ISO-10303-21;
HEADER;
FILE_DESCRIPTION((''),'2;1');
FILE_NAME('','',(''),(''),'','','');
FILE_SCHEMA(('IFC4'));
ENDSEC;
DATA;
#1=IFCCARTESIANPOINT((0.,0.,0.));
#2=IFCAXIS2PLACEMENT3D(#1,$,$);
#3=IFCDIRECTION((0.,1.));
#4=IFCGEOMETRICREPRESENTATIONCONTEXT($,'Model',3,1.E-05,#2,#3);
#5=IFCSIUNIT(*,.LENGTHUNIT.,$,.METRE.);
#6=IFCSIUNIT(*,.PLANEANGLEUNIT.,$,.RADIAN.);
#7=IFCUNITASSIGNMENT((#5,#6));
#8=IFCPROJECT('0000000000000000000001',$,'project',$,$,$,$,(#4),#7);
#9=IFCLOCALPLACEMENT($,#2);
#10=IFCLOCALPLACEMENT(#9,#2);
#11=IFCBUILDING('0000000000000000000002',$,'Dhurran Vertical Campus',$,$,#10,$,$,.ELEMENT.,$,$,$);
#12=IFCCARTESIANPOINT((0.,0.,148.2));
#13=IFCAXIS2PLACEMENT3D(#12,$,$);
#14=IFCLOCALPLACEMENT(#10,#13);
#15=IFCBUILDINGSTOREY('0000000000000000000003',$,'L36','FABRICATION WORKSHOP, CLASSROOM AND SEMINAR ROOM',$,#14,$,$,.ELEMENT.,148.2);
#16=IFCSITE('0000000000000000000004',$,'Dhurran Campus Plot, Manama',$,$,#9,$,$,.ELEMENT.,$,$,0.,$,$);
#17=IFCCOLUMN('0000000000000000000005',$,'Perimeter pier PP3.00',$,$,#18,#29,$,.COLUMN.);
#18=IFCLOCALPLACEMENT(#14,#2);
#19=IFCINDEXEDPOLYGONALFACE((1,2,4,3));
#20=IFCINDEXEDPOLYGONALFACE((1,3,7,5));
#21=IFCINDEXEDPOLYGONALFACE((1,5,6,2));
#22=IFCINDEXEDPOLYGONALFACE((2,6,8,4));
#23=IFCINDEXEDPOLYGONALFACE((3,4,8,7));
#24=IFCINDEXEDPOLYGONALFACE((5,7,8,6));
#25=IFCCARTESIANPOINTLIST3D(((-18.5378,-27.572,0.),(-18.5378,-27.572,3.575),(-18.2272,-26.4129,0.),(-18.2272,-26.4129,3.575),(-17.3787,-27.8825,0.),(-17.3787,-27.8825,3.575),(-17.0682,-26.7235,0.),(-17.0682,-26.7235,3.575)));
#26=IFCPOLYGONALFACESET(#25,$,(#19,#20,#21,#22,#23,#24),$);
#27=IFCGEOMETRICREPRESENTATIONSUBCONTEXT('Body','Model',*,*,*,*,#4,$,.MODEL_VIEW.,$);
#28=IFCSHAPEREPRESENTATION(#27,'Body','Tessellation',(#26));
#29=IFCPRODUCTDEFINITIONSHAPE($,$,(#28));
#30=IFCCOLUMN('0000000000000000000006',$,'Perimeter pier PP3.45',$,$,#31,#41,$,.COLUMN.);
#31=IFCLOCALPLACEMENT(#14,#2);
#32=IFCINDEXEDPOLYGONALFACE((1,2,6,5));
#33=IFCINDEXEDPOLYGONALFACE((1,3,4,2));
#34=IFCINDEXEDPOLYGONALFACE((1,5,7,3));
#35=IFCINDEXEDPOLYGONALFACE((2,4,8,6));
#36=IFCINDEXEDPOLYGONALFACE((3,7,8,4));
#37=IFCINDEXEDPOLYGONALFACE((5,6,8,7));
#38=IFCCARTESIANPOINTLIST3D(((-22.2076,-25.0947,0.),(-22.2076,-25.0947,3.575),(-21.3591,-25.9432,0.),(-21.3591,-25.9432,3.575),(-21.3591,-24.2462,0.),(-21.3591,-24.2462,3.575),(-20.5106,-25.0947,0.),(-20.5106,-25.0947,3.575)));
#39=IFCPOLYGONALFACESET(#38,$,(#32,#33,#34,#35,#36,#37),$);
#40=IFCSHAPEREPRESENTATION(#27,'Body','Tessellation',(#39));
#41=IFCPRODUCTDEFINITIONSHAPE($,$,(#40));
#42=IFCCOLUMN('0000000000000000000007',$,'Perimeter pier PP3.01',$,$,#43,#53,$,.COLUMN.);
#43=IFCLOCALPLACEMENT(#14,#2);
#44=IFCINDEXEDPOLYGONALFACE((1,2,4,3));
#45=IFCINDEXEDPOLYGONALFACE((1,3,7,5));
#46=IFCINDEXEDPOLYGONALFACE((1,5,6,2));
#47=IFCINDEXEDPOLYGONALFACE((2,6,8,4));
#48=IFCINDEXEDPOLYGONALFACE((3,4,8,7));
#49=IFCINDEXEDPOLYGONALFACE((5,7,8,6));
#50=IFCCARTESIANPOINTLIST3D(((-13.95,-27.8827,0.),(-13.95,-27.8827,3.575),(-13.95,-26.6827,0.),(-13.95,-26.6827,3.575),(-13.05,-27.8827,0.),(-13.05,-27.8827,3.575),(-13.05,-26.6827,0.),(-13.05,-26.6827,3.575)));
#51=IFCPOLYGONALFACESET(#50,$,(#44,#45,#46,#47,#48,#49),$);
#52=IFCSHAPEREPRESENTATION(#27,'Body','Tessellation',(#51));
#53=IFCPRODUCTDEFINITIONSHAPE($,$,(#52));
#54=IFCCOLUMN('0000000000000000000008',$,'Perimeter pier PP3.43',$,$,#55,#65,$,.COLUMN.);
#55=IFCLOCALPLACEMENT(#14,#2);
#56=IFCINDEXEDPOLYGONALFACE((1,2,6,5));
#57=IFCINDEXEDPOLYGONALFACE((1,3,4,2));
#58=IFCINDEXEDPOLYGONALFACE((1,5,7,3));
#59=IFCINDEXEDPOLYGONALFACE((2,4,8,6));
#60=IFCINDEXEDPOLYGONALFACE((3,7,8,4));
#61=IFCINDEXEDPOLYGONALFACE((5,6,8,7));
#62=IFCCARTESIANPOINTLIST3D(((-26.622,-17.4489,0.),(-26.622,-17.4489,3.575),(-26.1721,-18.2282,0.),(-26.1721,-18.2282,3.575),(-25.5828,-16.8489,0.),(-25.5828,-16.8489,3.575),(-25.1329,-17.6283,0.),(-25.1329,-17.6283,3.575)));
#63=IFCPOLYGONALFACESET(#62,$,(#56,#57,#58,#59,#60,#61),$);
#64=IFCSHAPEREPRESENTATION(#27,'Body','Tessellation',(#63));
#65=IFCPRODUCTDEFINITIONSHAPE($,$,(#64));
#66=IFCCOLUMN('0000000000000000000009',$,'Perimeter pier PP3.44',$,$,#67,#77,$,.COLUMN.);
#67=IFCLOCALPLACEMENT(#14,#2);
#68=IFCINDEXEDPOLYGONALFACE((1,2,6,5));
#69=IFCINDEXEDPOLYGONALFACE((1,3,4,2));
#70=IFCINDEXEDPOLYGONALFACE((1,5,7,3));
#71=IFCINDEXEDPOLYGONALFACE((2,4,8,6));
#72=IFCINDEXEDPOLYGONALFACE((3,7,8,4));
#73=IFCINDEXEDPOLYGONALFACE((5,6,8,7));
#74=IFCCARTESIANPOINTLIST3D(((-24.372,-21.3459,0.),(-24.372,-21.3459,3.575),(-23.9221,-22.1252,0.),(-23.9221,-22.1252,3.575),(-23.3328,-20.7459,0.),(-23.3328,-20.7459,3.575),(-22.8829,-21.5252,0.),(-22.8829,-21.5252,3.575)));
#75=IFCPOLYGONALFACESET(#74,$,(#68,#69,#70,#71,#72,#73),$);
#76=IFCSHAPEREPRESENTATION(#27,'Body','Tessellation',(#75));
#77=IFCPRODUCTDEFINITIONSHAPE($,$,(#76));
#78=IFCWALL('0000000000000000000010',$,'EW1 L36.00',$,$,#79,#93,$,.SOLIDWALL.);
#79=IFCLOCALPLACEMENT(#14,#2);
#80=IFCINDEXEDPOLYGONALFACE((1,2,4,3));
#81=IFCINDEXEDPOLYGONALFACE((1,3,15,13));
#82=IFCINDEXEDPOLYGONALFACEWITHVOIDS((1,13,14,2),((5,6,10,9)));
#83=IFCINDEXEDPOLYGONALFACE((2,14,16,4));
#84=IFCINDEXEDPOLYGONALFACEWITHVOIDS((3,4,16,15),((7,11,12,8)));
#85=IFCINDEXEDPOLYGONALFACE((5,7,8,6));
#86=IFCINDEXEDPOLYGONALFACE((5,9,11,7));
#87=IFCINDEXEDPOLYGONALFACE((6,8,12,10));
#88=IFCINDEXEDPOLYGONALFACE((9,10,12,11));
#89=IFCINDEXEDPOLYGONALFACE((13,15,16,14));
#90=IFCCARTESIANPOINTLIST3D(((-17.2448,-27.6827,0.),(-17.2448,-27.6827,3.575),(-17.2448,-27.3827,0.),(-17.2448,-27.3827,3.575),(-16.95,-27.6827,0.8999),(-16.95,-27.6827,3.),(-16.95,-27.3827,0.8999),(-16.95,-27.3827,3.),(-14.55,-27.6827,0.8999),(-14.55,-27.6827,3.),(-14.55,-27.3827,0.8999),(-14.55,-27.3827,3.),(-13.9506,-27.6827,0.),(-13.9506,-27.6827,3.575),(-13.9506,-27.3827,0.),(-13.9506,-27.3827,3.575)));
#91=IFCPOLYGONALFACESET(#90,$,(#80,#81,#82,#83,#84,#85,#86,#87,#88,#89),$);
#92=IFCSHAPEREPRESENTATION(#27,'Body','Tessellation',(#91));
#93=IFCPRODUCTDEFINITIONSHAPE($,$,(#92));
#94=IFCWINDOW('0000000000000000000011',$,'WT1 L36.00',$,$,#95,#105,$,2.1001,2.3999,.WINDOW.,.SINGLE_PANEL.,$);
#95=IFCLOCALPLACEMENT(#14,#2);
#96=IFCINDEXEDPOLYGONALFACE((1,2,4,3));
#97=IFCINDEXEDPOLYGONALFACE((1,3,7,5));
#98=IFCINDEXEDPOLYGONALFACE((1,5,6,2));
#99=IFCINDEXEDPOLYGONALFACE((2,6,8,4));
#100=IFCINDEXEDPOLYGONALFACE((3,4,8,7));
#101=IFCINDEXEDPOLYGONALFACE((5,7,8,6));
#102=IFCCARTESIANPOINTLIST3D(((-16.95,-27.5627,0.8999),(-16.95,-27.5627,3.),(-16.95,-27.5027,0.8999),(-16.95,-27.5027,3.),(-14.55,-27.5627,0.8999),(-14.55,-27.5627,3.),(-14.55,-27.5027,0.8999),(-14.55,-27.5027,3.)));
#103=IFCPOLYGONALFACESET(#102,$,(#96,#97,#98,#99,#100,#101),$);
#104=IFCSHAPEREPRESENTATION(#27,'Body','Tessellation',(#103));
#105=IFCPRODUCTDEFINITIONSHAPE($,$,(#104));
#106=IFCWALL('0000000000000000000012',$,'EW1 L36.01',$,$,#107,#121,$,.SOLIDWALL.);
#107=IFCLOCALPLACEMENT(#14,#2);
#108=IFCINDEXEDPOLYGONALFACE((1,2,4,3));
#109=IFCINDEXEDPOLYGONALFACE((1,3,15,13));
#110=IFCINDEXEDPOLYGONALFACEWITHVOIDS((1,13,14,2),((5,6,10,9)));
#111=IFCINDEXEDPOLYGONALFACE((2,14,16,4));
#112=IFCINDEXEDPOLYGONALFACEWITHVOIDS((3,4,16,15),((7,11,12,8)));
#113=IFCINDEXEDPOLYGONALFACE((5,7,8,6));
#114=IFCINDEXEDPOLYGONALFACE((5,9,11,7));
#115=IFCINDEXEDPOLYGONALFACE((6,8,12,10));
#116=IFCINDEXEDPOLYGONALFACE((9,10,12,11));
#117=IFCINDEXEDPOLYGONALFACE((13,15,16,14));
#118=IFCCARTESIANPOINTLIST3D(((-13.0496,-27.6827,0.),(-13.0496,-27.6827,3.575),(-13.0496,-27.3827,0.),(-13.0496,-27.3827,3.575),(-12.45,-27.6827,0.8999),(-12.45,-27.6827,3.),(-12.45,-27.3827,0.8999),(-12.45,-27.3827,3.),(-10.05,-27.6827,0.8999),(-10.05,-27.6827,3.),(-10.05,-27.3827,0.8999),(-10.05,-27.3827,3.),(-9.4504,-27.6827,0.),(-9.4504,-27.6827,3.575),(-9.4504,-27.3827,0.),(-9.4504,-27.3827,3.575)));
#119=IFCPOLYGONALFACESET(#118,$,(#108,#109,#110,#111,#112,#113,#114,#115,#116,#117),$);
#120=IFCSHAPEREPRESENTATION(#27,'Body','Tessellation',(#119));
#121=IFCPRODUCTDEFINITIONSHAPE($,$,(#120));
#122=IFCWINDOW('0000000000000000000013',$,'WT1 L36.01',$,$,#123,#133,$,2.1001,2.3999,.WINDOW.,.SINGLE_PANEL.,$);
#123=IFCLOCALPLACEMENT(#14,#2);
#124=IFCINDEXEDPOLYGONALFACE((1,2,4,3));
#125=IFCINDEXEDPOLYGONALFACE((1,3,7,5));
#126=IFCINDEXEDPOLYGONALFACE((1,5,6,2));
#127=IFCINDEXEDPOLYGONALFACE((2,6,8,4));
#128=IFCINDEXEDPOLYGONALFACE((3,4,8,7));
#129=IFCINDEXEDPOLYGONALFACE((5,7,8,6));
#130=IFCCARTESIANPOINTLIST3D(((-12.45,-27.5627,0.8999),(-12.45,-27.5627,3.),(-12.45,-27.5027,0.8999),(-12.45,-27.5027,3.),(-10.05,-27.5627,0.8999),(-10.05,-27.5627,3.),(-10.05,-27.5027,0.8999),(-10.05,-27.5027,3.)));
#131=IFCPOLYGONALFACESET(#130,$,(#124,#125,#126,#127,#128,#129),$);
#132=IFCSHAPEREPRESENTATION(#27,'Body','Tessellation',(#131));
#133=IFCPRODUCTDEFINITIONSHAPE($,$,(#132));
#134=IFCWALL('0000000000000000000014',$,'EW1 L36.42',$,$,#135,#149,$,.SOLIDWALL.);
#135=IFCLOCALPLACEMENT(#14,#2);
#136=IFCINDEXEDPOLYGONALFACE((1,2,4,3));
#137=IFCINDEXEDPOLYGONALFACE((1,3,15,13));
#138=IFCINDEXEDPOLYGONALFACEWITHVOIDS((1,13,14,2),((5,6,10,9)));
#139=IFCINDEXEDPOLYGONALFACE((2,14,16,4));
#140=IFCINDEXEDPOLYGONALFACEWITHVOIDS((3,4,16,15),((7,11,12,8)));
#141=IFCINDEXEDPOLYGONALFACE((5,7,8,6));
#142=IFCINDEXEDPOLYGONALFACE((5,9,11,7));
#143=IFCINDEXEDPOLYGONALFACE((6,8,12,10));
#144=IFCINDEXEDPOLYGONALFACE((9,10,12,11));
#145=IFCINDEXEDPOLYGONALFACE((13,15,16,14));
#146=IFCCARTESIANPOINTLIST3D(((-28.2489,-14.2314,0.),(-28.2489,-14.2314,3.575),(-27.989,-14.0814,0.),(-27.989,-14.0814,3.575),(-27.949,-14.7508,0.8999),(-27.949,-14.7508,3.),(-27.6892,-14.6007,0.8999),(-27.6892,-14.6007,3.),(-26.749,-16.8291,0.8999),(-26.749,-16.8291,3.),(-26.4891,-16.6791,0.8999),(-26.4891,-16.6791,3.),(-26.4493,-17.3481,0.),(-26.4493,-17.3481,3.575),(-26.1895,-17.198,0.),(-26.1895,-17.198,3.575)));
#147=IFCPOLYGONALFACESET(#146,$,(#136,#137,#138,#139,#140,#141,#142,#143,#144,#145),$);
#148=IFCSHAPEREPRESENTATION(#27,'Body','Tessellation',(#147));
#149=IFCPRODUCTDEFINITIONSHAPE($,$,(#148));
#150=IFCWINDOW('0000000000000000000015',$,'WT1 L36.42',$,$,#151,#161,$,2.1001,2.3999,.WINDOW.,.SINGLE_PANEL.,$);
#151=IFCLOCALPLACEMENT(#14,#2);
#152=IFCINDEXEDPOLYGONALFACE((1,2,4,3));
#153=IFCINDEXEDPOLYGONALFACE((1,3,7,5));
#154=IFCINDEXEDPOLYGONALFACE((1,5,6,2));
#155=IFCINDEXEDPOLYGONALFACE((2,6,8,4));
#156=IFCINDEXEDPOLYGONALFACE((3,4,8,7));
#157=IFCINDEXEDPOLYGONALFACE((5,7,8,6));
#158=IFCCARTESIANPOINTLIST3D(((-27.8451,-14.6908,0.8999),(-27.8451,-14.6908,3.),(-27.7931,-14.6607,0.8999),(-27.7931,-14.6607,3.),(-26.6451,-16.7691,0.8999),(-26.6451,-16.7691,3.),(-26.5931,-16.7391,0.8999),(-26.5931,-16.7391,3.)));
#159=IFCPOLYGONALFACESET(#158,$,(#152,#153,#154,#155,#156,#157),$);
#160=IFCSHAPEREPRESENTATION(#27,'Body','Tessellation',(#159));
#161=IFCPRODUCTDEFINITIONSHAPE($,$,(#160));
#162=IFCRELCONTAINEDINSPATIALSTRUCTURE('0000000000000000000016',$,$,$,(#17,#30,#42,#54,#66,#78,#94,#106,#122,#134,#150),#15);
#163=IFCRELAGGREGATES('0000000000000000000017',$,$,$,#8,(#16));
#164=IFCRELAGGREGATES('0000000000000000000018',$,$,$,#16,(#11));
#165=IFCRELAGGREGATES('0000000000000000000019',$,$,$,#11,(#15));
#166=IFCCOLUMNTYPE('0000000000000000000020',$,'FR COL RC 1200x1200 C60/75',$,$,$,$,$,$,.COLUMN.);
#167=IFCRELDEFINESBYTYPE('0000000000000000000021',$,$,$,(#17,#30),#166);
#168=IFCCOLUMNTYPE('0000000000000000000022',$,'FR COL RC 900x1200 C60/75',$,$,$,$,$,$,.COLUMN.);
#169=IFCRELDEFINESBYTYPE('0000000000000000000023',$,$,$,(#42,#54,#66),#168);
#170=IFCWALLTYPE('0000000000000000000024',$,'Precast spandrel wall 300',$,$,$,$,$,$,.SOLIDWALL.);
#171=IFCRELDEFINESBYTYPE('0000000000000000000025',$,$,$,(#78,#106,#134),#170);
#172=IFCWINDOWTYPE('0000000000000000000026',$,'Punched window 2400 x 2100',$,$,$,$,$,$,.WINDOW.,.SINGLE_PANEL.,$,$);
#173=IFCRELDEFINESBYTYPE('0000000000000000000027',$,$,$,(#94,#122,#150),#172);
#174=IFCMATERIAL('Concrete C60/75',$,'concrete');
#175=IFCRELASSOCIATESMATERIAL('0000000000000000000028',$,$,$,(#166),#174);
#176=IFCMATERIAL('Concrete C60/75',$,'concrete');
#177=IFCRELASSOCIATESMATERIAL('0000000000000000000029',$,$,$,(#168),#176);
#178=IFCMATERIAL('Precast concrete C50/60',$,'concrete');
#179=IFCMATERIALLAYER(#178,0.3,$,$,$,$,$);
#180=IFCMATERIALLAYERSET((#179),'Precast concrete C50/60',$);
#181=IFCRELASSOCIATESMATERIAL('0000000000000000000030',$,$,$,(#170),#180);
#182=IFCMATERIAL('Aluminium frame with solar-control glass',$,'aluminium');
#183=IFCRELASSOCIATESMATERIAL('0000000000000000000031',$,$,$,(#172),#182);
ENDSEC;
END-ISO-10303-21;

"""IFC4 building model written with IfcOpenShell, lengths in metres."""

from ifc_helpers import new_model, si_unit, direction, frame, frame_2d, origin, origin_2d, place, context, subcontext, project, spatial, rectangle, extrude, material, layer, layer_set, material_profile, profile_set, type_object, element, fill, save


model = new_model("IFC4")

# Units and contexts
model_context = context("Model", 3, precision=1e-05, world=origin(), true_north=direction((0.0, 1.0)))
body_context = subcontext(model_context, "Body", "Model", "MODEL_VIEW")
ifc_project = project(units=[si_unit("LENGTHUNIT", "METRE"), si_unit("PLANEANGLEUNIT", "RADIAN")], contexts=[model_context])

# Site, building, storey
site_placement = place(None, origin())
site = spatial("IfcSite", under=ifc_project, at=site_placement, Name="Dhurran Campus Plot, Manama", CompositionType="ELEMENT", RefElevation=0.0)
building_placement = place(site_placement, origin())
building = spatial("IfcBuilding", under=site, at=building_placement, Name="Dhurran Vertical Campus", CompositionType="ELEMENT")
storey_placement = place(building_placement, frame((0.0, 0.0, 148.2)))
storey = spatial("IfcBuildingStorey", under=building, at=storey_placement, Name="L36", Description="FABRICATION WORKSHOP, CLASSROOM AND SEMINAR ROOM", CompositionType="ELEMENT", Elevation=148.2)

# Columns
ifc_material_1 = material(Name="Concrete C60/75", Category="concrete")
ifc_material_profile_1 = material_profile(ifc_material_1, rectangle(XDim=1.2, YDim=1.2, at=origin_2d()), Name="RC 1200x1200")
ifc_profile_set_1 = profile_set([ifc_material_profile_1], Name="Concrete C60/75")
column_type_1 = type_object("IfcColumnType", Name="FR COL RC 1200x1200 C60/75", PredefinedType="COLUMN", material=ifc_profile_set_1)
for number, where, z_axis, x_axis, name in (
    (1, (-17.803, -27.1477, 0.0), (0.0, 0.0, 1.0), (0.965926, -0.258819, 0.0), "Perimeter pier PP3.00"),
    (2, (-21.3591, -25.0947, 0.0), (0.0, 0.0, 1.0), (0.707107, -0.707107, 0.0), "Perimeter pier PP3.45"),
):
    element("IfcColumn", number, at=place(storey_placement, frame(where, z_axis=z_axis, x_axis=x_axis)), inside=storey, type_object=column_type_1, Name=name, PredefinedType="COLUMN", context=body_context, shape_type="SweptSolid", body=[
        extrude(rectangle(XDim=1.2, YDim=1.2, at=origin_2d()), origin(), (0.0, 0.0, 1.0), 3.575),
    ])
ifc_material_2 = material(Name="Concrete C60/75", Category="concrete")
ifc_material_profile_2 = material_profile(ifc_material_2, rectangle(XDim=0.8999, YDim=1.2, at=origin_2d()), Name="RC 900x1200")
ifc_profile_set_2 = profile_set([ifc_material_profile_2], Name="Concrete C60/75")
column_type_2 = type_object("IfcColumnType", Name="FR COL RC 900x1200 C60/75", PredefinedType="COLUMN", material=ifc_profile_set_2)
for number, where, z_axis, x_axis, name in (
    (3, (-13.5, -27.2827, 0.0), (0.0, 0.0, 1.0), (1.0, 0.0, 0.0), "Perimeter pier PP3.01"),
    (4, (-25.8774, -17.5386, 0.0), (0.0, 0.0, 1.0), (0.5, -0.866025, 0.0), "Perimeter pier PP3.43"),
    (5, (-23.6274, -21.4355, 0.0), (0.0, 0.0, 1.0), (0.5, -0.866025, 0.0), "Perimeter pier PP3.44"),
):
    element("IfcColumn", number, at=place(storey_placement, frame(where, z_axis=z_axis, x_axis=x_axis)), inside=storey, type_object=column_type_2, Name=name, PredefinedType="COLUMN", context=body_context, shape_type="SweptSolid", body=[
        extrude(rectangle(XDim=0.8999, YDim=1.2, at=origin_2d()), origin(), (0.0, 0.0, 1.0), 3.575),
    ])

# Walls, openings, windows
ifc_material_3 = material(Name="Precast concrete C50/60", Category="concrete")
ifc_layer_1 = layer(ifc_material_3, 0.3)
ifc_layer_set_1 = layer_set([ifc_layer_1], Name="Precast concrete C50/60")
wall_type_1 = type_object("IfcWallType", Name="Precast spandrel wall 300", PredefinedType="SOLIDWALL", material=ifc_layer_set_1)
wall_1_placement = place(storey_placement, frame((-17.2446, -27.5327, 0.0), z_axis=(0.0, 0.0, 1.0), x_axis=(1.0, 0.0, 0.0)))
wall_1 = element("IfcWall", 6, at=wall_1_placement, inside=storey, type_object=wall_type_1, Name="EW1 L36.00", PredefinedType="SOLIDWALL", context=body_context, shape_type="SweptSolid", body=[
    extrude(rectangle(XDim=3.2942, YDim=0.3, at=frame_2d((1.647, 0.0))), origin(), (0.0, 0.0, 1.0), 3.575),
])
opening_1_placement = place(wall_1_placement, frame((0.2947, 0.0, 0.8999)))
opening_1 = element("IfcOpeningElement", 7, at=opening_1_placement, cuts=wall_1, PredefinedType="OPENING", context=body_context, shape_type="SweptSolid", body=[
    extrude(rectangle(XDim=2.3999, YDim=2.1001, at=frame_2d((1.2, 1.05))), frame((0.0, 0.1599, 0.0), z_axis=(0.0, -1.0, 0.0), x_axis=(1.0, 0.0, 0.0)), (0.0, 0.0, 1.0), 0.3201),
])
ifc_material_4 = material(Name="Aluminium frame with solar-control glass", Category="aluminium")
window_type = type_object("IfcWindowType", Name="Punched window 2400 x 2100", PartitioningType="SINGLE_PANEL", PredefinedType="WINDOW", material=ifc_material_4)
window_1_placement = place(opening_1_placement, origin())
window_1 = element("IfcWindow", 8, at=window_1_placement, inside=storey, type_object=window_type, Name="WT1 L36.00", OverallHeight=2.1001, OverallWidth=2.3999, PartitioningType="SINGLE_PANEL", PredefinedType="WINDOW", context=body_context, shape_type="SweptSolid", body=[
    extrude(rectangle(XDim=2.3999, YDim=2.1001, at=frame_2d((1.2, 1.05))), frame((0.0, 0.03, 0.0), z_axis=(0.0, -1.0, 0.0), x_axis=(1.0, 0.0, 0.0)), (0.0, 0.0, 1.0), 0.0601),
])
fill(opening_1, window_1)
wall_2_placement = place(storey_placement, frame((-13.0496, -27.5327, 0.0), z_axis=(0.0, 0.0, 1.0), x_axis=(1.0, 0.0, 0.0)))
wall_2 = element("IfcWall", 9, at=wall_2_placement, inside=storey, type_object=wall_type_1, Name="EW1 L36.01", PredefinedType="SOLIDWALL", context=body_context, shape_type="SweptSolid", body=[
    extrude(rectangle(XDim=3.5991, YDim=0.3, at=frame_2d((1.7996, 0.0))), origin(), (0.0, 0.0, 1.0), 3.575),
])
opening_2_placement = place(wall_2_placement, frame((0.5996, 0.0, 0.8999)))
opening_2 = element("IfcOpeningElement", 10, at=opening_2_placement, cuts=wall_2, PredefinedType="OPENING", context=body_context, shape_type="SweptSolid", body=[
    extrude(rectangle(XDim=2.3999, YDim=2.1001, at=frame_2d((1.2, 1.05))), frame((0.0, 0.1599, 0.0), z_axis=(0.0, -1.0, 0.0), x_axis=(1.0, 0.0, 0.0)), (0.0, 0.0, 1.0), 0.3201),
])
window_2_placement = place(opening_2_placement, origin())
window_2 = element("IfcWindow", 11, at=window_2_placement, inside=storey, type_object=window_type, Name="WT1 L36.01", OverallHeight=2.1001, OverallWidth=2.3999, PartitioningType="SINGLE_PANEL", PredefinedType="WINDOW", context=body_context, shape_type="SweptSolid", body=[
    extrude(rectangle(XDim=2.3999, YDim=2.1001, at=frame_2d((1.2, 1.05))), frame((0.0, 0.03, 0.0), z_axis=(0.0, -1.0, 0.0), x_axis=(1.0, 0.0, 0.0)), (0.0, 0.0, 1.0), 0.0601),
])
fill(opening_2, window_2)
wall_3_placement = place(storey_placement, frame((-28.1189, -14.1565, 0.0), z_axis=(0.0, 0.0, 1.0), x_axis=(0.500028, -0.866009, 0.0)))
wall_3 = element("IfcWall", 12, at=wall_3_placement, inside=storey, type_object=wall_type_1, Name="EW1 L36.42", PredefinedType="SOLIDWALL", context=body_context, shape_type="SweptSolid", body=[
    extrude(rectangle(XDim=3.5989, YDim=0.3, at=frame_2d((1.7993, 0.0))), origin(), (0.0, 0.0, 1.0), 3.575),
])
opening_3_placement = place(wall_3_placement, frame((0.5996, 0.0, 0.8999)))
opening_3 = element("IfcOpeningElement", 13, at=opening_3_placement, cuts=wall_3, PredefinedType="OPENING", context=body_context, shape_type="SweptSolid", body=[
    extrude(rectangle(XDim=2.3999, YDim=2.1001, at=frame_2d((1.2, 1.05))), frame((0.0, 0.1599, 0.0), z_axis=(0.0, -1.0, 0.0), x_axis=(1.0, 0.0, 0.0)), (0.0, 0.0, 1.0), 0.3201),
])
window_3_placement = place(opening_3_placement, origin())
window_3 = element("IfcWindow", 14, at=window_3_placement, inside=storey, type_object=window_type, Name="WT1 L36.42", OverallHeight=2.1001, OverallWidth=2.3999, PartitioningType="SINGLE_PANEL", PredefinedType="WINDOW", context=body_context, shape_type="SweptSolid", body=[
    extrude(rectangle(XDim=2.3999, YDim=2.1001, at=frame_2d((1.2, 1.05))), frame((0.0, 0.03, 0.0), z_axis=(0.0, -1.0, 0.0), x_axis=(1.0, 0.0, 0.0)), (0.0, 0.0, 1.0), 0.0601),
])
fill(opening_3, window_3)

save(model, "model.ifc")
